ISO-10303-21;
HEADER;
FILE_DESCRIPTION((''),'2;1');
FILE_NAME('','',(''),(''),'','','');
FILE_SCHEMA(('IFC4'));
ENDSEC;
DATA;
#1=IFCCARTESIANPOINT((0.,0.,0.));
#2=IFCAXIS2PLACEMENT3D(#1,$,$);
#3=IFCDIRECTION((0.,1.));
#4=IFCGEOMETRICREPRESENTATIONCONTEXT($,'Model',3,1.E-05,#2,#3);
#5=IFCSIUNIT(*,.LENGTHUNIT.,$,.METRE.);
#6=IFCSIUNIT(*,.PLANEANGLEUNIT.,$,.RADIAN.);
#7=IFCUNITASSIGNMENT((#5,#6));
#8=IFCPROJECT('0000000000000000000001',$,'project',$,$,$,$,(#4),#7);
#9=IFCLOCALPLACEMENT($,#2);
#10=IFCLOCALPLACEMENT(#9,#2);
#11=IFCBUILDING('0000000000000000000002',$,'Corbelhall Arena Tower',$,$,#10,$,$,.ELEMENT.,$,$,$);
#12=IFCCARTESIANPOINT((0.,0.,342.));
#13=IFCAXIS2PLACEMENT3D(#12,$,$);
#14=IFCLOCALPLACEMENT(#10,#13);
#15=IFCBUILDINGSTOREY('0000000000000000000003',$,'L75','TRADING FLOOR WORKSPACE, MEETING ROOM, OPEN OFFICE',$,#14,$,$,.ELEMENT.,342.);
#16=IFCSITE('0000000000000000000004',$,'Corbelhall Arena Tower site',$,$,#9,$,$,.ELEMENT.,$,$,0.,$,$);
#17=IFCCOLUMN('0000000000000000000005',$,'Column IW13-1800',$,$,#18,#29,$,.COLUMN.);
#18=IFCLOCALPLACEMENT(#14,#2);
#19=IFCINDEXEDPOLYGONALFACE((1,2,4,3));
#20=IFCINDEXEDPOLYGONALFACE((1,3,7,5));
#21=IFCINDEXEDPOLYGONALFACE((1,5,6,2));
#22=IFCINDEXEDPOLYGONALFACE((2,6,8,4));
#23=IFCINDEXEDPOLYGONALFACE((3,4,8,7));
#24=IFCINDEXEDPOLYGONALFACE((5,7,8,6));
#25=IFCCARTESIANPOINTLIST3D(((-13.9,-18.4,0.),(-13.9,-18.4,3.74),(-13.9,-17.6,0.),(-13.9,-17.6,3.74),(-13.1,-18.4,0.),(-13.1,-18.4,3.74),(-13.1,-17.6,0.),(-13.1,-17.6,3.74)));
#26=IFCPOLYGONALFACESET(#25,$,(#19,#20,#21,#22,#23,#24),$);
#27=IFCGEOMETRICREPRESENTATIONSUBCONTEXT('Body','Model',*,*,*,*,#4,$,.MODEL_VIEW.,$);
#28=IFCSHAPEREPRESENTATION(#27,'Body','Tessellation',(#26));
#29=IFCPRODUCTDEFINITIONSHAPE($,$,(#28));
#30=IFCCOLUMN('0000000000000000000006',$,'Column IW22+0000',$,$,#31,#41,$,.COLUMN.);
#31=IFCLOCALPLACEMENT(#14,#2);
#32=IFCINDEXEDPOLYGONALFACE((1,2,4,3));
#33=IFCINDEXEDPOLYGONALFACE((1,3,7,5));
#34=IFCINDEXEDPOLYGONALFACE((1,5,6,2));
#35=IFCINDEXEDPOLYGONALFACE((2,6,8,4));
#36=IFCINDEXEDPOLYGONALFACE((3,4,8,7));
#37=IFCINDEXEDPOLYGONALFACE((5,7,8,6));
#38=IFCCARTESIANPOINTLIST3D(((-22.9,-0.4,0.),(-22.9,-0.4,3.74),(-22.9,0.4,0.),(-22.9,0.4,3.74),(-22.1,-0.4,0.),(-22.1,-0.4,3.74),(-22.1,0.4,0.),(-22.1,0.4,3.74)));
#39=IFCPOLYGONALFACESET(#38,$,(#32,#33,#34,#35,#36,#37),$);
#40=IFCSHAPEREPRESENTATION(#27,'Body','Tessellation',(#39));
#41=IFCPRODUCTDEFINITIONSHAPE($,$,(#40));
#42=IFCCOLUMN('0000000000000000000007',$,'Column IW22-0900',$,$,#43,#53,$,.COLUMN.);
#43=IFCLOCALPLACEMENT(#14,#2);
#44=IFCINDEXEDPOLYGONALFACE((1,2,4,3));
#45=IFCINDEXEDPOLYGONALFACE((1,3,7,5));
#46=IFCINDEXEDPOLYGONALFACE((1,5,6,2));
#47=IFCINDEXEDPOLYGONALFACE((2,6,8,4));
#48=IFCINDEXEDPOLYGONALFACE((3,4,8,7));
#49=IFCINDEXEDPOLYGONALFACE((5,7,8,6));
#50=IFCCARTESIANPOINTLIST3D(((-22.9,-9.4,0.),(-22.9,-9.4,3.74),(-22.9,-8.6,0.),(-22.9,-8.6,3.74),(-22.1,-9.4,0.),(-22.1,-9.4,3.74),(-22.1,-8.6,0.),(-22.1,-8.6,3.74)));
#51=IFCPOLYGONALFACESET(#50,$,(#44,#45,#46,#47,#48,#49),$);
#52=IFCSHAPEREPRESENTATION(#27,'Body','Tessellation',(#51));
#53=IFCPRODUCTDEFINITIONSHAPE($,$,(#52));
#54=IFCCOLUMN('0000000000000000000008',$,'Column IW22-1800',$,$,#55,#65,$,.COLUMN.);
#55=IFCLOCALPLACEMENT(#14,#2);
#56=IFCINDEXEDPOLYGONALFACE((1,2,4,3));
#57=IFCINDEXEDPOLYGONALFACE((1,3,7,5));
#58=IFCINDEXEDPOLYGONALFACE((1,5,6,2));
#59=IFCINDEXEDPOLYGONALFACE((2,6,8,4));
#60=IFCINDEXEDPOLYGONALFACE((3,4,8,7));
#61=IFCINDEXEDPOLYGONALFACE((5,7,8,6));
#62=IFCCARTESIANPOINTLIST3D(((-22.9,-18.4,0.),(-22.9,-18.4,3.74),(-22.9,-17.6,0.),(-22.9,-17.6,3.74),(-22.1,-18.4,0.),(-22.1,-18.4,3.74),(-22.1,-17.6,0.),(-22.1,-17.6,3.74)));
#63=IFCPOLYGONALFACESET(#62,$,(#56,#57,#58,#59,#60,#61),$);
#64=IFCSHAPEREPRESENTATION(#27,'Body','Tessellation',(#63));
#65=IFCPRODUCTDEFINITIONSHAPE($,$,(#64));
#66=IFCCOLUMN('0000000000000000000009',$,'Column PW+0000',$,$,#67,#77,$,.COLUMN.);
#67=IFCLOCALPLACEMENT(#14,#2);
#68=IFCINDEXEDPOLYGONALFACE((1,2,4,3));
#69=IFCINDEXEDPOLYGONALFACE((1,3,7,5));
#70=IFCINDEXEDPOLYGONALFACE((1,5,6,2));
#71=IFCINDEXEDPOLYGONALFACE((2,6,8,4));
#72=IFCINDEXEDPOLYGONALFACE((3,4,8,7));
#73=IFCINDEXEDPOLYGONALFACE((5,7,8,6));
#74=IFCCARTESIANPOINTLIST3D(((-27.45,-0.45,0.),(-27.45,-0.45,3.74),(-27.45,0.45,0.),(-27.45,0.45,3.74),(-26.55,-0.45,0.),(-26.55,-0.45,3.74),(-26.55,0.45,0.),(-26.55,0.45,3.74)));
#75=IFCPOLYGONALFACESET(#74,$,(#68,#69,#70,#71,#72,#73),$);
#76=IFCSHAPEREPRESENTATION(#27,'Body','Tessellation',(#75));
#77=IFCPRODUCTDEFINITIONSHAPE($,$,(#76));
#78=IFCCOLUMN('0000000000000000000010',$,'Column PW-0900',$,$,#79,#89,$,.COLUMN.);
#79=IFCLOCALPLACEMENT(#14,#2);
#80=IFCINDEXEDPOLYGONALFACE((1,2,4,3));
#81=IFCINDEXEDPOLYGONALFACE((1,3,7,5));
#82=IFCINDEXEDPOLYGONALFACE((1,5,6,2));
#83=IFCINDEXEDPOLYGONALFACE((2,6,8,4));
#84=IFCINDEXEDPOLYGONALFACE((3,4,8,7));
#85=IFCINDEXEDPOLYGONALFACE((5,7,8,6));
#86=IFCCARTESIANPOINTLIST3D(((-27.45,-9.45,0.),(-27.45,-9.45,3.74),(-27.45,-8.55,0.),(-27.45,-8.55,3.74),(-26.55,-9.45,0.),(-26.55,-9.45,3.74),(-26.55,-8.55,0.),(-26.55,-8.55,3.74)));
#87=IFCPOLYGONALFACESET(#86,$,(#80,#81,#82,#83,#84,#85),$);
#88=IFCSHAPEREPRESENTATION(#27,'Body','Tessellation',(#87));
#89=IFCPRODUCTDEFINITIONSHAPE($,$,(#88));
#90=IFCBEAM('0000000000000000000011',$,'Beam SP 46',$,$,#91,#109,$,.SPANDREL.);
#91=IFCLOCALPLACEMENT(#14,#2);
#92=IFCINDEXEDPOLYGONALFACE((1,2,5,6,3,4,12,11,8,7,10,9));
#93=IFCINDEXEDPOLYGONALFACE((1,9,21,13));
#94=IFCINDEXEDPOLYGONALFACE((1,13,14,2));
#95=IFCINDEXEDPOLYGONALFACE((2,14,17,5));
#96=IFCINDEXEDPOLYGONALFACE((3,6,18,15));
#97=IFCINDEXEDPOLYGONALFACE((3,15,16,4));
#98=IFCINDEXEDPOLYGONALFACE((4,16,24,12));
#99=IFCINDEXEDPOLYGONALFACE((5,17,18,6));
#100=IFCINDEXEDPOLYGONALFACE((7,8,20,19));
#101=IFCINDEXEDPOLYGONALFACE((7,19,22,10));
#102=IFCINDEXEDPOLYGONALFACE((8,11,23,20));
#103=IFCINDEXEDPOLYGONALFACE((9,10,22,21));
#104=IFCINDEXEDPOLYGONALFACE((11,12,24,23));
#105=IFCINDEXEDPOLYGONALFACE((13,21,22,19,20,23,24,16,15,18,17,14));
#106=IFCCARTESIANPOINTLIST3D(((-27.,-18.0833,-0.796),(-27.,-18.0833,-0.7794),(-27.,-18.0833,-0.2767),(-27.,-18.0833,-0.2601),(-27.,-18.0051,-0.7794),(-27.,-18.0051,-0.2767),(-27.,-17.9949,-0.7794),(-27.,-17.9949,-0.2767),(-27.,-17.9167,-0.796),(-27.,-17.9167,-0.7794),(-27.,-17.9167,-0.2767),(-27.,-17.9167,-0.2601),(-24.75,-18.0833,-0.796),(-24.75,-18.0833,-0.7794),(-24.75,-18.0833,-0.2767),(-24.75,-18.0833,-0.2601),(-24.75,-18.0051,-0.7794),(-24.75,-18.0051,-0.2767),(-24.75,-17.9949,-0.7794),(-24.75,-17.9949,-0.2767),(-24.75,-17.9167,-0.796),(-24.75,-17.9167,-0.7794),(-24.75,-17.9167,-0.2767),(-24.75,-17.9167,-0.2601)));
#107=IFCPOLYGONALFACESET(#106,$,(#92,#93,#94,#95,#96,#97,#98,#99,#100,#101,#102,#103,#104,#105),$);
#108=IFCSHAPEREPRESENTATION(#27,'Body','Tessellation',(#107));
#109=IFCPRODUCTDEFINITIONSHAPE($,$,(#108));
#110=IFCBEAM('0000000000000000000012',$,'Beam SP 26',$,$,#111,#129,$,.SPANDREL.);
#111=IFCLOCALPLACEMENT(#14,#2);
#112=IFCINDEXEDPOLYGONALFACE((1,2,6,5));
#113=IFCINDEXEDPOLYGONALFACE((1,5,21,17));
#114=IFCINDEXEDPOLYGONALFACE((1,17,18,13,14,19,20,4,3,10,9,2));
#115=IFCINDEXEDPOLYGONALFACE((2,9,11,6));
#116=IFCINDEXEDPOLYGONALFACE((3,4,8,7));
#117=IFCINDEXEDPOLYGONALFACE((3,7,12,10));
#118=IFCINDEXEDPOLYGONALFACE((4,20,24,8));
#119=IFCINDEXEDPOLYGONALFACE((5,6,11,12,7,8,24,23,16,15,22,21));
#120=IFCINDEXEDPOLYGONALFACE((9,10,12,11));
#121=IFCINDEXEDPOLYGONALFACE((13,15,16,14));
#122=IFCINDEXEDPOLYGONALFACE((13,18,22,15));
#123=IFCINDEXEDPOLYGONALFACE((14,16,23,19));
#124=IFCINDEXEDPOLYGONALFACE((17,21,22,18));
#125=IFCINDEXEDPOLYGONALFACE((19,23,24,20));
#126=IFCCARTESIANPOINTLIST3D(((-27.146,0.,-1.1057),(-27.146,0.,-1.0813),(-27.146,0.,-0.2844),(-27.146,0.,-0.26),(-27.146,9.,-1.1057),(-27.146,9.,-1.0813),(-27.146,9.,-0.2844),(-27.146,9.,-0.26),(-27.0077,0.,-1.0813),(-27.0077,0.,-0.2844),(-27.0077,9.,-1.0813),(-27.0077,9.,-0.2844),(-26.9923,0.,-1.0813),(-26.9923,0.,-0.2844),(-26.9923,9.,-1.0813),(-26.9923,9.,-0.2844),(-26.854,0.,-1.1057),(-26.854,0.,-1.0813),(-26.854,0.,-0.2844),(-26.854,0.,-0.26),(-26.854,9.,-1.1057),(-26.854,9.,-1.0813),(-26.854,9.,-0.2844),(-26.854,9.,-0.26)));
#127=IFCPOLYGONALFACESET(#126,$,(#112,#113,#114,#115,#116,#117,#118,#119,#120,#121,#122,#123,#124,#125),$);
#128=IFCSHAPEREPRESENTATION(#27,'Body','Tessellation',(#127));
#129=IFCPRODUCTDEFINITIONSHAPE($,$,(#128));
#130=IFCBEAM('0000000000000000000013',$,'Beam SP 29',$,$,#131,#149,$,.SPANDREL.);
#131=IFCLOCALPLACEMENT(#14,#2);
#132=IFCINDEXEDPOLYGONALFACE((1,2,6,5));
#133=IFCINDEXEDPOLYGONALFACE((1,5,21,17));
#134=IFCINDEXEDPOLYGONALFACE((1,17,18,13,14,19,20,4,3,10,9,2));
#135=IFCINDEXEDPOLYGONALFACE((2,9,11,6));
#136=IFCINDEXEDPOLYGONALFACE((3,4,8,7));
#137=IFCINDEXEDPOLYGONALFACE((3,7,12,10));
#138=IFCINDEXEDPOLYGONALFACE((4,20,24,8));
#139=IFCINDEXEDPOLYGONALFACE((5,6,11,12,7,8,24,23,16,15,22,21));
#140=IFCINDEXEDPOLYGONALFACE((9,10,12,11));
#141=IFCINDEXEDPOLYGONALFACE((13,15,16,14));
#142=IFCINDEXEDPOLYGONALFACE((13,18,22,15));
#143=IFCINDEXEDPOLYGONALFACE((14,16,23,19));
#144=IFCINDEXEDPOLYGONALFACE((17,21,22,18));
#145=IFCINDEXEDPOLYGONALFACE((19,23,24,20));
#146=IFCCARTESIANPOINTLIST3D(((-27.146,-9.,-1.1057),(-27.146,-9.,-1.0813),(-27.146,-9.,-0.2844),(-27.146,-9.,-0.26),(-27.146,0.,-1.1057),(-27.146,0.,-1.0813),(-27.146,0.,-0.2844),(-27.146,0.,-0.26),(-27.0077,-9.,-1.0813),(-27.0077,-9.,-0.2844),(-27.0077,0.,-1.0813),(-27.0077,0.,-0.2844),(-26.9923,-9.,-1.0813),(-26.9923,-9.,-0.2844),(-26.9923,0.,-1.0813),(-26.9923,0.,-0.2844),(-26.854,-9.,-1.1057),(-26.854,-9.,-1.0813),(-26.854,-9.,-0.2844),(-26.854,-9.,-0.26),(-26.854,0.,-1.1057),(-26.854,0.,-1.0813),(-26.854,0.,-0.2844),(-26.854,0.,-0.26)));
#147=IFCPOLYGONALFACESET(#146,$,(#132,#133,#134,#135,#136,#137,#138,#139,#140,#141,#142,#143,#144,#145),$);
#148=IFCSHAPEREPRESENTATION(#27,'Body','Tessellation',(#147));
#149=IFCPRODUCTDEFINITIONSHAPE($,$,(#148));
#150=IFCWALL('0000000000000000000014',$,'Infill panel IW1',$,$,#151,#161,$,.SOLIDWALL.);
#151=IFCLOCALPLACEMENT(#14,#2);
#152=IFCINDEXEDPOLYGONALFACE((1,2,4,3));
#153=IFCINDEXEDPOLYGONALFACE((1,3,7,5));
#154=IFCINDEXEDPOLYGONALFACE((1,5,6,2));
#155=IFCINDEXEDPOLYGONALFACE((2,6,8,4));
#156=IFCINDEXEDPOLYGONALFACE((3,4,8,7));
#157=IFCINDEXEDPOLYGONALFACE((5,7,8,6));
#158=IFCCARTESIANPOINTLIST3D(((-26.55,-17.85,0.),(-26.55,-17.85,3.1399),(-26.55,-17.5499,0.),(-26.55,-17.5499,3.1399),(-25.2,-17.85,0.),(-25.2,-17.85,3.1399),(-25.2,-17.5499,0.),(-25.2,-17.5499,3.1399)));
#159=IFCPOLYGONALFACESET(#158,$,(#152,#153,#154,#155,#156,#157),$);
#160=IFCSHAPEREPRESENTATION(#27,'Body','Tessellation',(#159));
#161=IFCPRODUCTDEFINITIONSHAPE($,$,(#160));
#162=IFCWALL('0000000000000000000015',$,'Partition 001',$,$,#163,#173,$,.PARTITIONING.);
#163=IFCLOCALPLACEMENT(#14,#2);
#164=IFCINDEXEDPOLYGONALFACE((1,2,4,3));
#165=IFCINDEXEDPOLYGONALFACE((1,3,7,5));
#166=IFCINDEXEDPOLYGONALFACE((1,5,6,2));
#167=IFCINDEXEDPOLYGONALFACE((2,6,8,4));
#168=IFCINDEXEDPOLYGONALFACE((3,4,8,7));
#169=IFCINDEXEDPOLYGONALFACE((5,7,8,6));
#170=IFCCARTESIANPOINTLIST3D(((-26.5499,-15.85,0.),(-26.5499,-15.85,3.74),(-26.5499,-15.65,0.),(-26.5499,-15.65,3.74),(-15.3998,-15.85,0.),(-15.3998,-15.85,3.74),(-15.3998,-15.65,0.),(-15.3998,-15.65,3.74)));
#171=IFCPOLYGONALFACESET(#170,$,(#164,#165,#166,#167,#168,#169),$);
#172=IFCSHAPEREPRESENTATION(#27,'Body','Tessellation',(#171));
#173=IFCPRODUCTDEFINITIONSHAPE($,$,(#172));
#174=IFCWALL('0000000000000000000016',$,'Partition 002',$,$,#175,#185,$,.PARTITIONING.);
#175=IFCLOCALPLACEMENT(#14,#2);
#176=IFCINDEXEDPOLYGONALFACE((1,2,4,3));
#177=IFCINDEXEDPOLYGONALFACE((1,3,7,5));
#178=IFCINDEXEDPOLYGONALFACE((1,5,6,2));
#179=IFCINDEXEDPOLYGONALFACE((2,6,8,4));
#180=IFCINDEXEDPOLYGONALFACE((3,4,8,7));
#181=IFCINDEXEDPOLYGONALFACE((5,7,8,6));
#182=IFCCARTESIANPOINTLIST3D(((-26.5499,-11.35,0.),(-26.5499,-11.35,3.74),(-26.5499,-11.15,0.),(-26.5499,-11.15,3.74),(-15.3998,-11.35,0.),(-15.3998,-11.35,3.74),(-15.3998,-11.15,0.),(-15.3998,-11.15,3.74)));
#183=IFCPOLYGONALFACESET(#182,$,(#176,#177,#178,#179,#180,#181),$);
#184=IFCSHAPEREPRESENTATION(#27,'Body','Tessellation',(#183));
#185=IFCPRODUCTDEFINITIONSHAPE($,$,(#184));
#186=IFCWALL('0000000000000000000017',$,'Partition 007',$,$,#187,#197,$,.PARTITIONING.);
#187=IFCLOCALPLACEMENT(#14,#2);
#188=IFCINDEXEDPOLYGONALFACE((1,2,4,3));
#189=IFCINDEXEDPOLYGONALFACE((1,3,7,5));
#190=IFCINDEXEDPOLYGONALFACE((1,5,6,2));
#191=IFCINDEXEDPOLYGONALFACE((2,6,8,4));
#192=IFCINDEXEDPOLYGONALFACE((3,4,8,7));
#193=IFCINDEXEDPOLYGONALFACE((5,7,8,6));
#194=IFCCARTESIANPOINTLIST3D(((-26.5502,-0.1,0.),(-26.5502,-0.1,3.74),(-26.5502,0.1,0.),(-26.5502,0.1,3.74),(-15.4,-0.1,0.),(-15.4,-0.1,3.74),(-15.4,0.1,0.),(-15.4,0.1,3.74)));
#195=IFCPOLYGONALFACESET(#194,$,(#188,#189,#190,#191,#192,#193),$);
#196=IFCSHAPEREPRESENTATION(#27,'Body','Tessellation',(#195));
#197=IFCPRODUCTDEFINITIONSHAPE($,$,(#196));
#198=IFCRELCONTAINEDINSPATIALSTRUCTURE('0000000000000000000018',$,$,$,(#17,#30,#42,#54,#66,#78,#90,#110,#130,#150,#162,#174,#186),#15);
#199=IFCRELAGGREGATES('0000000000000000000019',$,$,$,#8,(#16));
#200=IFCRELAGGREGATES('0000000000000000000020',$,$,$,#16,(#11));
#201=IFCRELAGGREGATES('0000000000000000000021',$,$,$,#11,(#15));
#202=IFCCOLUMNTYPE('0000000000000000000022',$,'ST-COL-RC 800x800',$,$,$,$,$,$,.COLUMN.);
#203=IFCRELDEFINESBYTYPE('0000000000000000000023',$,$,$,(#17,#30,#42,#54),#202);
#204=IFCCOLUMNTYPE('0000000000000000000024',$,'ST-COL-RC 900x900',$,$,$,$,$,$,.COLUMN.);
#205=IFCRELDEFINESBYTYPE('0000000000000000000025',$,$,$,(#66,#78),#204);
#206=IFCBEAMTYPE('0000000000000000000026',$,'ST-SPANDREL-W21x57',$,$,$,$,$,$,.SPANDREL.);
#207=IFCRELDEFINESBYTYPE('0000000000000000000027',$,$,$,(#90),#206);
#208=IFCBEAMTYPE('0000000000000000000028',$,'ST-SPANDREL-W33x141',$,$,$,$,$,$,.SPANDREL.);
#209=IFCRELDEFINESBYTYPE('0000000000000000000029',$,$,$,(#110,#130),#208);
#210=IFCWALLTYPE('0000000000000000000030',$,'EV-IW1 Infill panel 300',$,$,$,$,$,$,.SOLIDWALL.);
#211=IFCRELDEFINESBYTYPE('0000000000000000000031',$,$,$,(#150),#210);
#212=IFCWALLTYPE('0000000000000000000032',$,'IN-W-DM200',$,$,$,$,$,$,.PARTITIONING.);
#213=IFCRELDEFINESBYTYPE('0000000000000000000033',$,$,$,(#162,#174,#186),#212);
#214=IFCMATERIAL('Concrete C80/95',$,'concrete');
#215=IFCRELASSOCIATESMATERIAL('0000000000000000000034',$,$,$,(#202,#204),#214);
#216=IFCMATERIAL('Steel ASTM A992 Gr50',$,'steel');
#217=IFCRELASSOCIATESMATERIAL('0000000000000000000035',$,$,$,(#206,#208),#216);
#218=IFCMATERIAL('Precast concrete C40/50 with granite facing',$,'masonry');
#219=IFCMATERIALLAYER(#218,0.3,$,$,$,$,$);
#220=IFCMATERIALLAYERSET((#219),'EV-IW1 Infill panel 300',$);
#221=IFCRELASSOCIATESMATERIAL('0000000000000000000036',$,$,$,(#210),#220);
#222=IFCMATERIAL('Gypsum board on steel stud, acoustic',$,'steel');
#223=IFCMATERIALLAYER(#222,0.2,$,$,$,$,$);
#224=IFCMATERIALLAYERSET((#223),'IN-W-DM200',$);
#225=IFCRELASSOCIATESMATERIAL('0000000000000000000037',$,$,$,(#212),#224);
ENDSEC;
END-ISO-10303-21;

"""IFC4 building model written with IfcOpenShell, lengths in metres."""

from ifc_helpers import new_model, si_unit, direction, frame, frame_2d, origin, origin_2d, place, context, subcontext, project, spatial, rectangle, i_section, extrude, material, layer, layer_set, material_profile, profile_set, type_object, element, save


model = new_model("IFC4")

# Units and contexts
model_context = context("Model", 3, precision=1e-05, world=origin(), true_north=direction((0.0, 1.0)))
body_context = subcontext(model_context, "Body", "Model", "MODEL_VIEW")
ifc_project = project(units=[si_unit("LENGTHUNIT", "METRE"), si_unit("PLANEANGLEUNIT", "RADIAN")], contexts=[model_context])

# Site, building, storey
site_placement = place(None, origin())
site = spatial("IfcSite", under=ifc_project, at=site_placement, Name="Corbelhall Arena Tower site", CompositionType="ELEMENT", RefElevation=0.0)
building_placement = place(site_placement, origin())
building = spatial("IfcBuilding", under=site, at=building_placement, Name="Corbelhall Arena Tower", CompositionType="ELEMENT")
storey_placement = place(building_placement, frame((0.0, 0.0, 342.0)))
storey = spatial("IfcBuildingStorey", under=building, at=storey_placement, Name="L75", Description="TRADING FLOOR WORKSPACE, MEETING ROOM, OPEN OFFICE", CompositionType="ELEMENT", Elevation=342.0)

# Columns
ifc_material_1 = material(Name="Concrete C80/95", Category="concrete")
ifc_material_profile_1 = material_profile(ifc_material_1, rectangle(XDim=0.8, YDim=0.8, at=origin_2d()))
ifc_profile_set_1 = profile_set([ifc_material_profile_1], Name="Concrete C80/95")
column_type_1 = type_object("IfcColumnType", Name="ST-COL-RC 800x800", PredefinedType="COLUMN", material=ifc_profile_set_1)
for number, where, z_axis, x_axis, name in (
    (1, (-13.5, -18.0, 0.0), (0.0, 0.0, 1.0), (1.0, 0.0, 0.0), "Column IW13-1800"),
    (2, (-22.5, 0.0, 0.0), (0.0, 0.0, 1.0), (1.0, 0.0, 0.0), "Column IW22+0000"),
    (3, (-22.5, -9.0, 0.0), (0.0, 0.0, 1.0), (1.0, 0.0, 0.0), "Column IW22-0900"),
    (4, (-22.5, -18.0, 0.0), (0.0, 0.0, 1.0), (1.0, 0.0, 0.0), "Column IW22-1800"),
):
    element("IfcColumn", number, at=place(storey_placement, frame(where, z_axis=z_axis, x_axis=x_axis)), inside=storey, type_object=column_type_1, Name=name, PredefinedType="COLUMN", context=body_context, shape_type="SweptSolid", body=[
        extrude(rectangle(XDim=0.8, YDim=0.8, at=origin_2d()), origin(), (0.0, 0.0, 1.0), 3.74),
    ])
ifc_material_profile_2 = material_profile(ifc_material_1, rectangle(XDim=0.8999, YDim=0.8999, at=origin_2d()))
ifc_profile_set_2 = profile_set([ifc_material_profile_2], Name="Concrete C80/95")
column_type_2 = type_object("IfcColumnType", Name="ST-COL-RC 900x900", PredefinedType="COLUMN", material=ifc_profile_set_2)
for number, where, z_axis, x_axis, name in (
    (5, (-27.0, 0.0, 0.0), (0.0, 0.0, 1.0), (0.0, 1.0, 0.0), "Column PW+0000"),
    (6, (-27.0, -9.0, 0.0), (0.0, 0.0, 1.0), (0.0, 1.0, 0.0), "Column PW-0900"),
):
    element("IfcColumn", number, at=place(storey_placement, frame(where, z_axis=z_axis, x_axis=x_axis)), inside=storey, type_object=column_type_2, Name=name, PredefinedType="COLUMN", context=body_context, shape_type="SweptSolid", body=[
        extrude(rectangle(XDim=0.8999, YDim=0.8999, at=origin_2d()), origin(), (0.0, 0.0, 1.0), 3.74),
    ])

# Beams
ifc_material_2 = material(Name="Steel ASTM A992 Gr50", Category="steel")
ifc_material_profile_3 = material_profile(ifc_material_2, i_section(OverallWidth=0.1665, OverallDepth=0.5359, WebThickness=0.0103, FlangeThickness=0.0166, at=origin_2d()))
ifc_profile_set_3 = profile_set([ifc_material_profile_3], Name="Steel ASTM A992 Gr50")
beam_type_1 = type_object("IfcBeamType", Name="ST-SPANDREL-W21x57", PredefinedType="SPANDREL", material=ifc_profile_set_3)
beam_placement = place(storey_placement, frame((-24.75, -18.0, -0.5281), z_axis=(-1.0, 0.0, 0.0), x_axis=(0.0, -1.0, 0.0)))
element("IfcBeam", 7, at=beam_placement, inside=storey, type_object=beam_type_1, Name="Beam SP 46", PredefinedType="SPANDREL", context=body_context, shape_type="SweptSolid", body=[
    extrude(i_section(OverallWidth=0.1665, OverallDepth=0.5359, WebThickness=0.0103, FlangeThickness=0.0166, at=origin_2d()), origin(), (0.0, 0.0, 1.0), 2.25),
])
ifc_material_profile_4 = material_profile(ifc_material_2, i_section(OverallWidth=0.292, OverallDepth=0.8457, WebThickness=0.0154, FlangeThickness=0.0244, at=origin_2d()))
ifc_profile_set_4 = profile_set([ifc_material_profile_4], Name="Steel ASTM A992 Gr50")
beam_type_2 = type_object("IfcBeamType", Name="ST-SPANDREL-W33x141", PredefinedType="SPANDREL", material=ifc_profile_set_4)
for number, where, z_axis, x_axis, name in (
    (8, (-27.0, 0.0, -0.6829), (0.0, 1.0, 0.0), (-1.0, 0.0, 0.0), "Beam SP 26"),
    (9, (-27.0, -9.0, -0.6829), (0.0, 1.0, 0.0), (-1.0, 0.0, 0.0), "Beam SP 29"),
):
    element("IfcBeam", number, at=place(storey_placement, frame(where, z_axis=z_axis, x_axis=x_axis)), inside=storey, type_object=beam_type_2, Name=name, PredefinedType="SPANDREL", context=body_context, shape_type="SweptSolid", body=[
        extrude(i_section(OverallWidth=0.292, OverallDepth=0.8457, WebThickness=0.0154, FlangeThickness=0.0244, at=origin_2d()), origin(), (0.0, 0.0, 1.0), 9.0),
    ])

# Shared definitions
ifc_material_3 = material(Name="Precast concrete C40/50 with granite facing", Category="masonry")
ifc_layer_1 = layer(ifc_material_3, 0.3)
ifc_layer_set_1 = layer_set([ifc_layer_1], Name="EV-IW1 Infill panel 300")
wall_type_1 = type_object("IfcWallType", Name="EV-IW1 Infill panel 300", PredefinedType="SOLIDWALL", material=ifc_layer_set_1)

# Walls
wall_1_placement = place(storey_placement, frame((-26.55, -17.7, 0.0), z_axis=(0.0, 0.0, 1.0), x_axis=(1.0, 0.0, 0.0)))
element("IfcWall", 10, at=wall_1_placement, inside=storey, type_object=wall_type_1, Name="Infill panel IW1", PredefinedType="SOLIDWALL", context=body_context, shape_type="SweptSolid", body=[
    extrude(rectangle(XDim=1.3501, YDim=0.3, at=frame_2d((0.675, 0.0))), origin(), (0.0, 0.0, 1.0), 3.1399),
])
ifc_material_4 = material(Name="Gypsum board on steel stud, acoustic", Category="steel")
ifc_layer_2 = layer(ifc_material_4, 0.2)
ifc_layer_set_2 = layer_set([ifc_layer_2], Name="IN-W-DM200")
wall_type_2 = type_object("IfcWallType", Name="IN-W-DM200", PredefinedType="PARTITIONING", material=ifc_layer_set_2)
for number, where, z_axis, x_axis, name in (
    (11, (-26.55, -15.75, 0.0), (0.0, 0.0, 1.0), (1.0, 0.0, 0.0), "Partition 001"),
    (12, (-26.55, -11.25, 0.0), (0.0, 0.0, 1.0), (1.0, 0.0, 0.0), "Partition 002"),
):
    element("IfcWall", number, at=place(storey_placement, frame(where, z_axis=z_axis, x_axis=x_axis)), inside=storey, type_object=wall_type_2, Name=name, PredefinedType="PARTITIONING", context=body_context, shape_type="SweptSolid", body=[
        extrude(rectangle(XDim=11.1501, YDim=0.2, at=frame_2d((5.5752, 0.0))), origin(), (0.0, 0.0, 1.0), 3.74),
    ])

# Wall
wall_2_placement = place(storey_placement, frame((-15.3999, 0.0, 0.0), z_axis=(0.0, 0.0, 1.0), x_axis=(-1.0, 0.0, 0.0)))
element("IfcWall", 13, at=wall_2_placement, inside=storey, type_object=wall_type_2, Name="Partition 007", PredefinedType="PARTITIONING", context=body_context, shape_type="SweptSolid", body=[
    extrude(rectangle(XDim=11.1501, YDim=0.2, at=frame_2d((5.5752, 0.0))), origin(), (0.0, 0.0, 1.0), 3.74),
])

save(model, "model.ifc")
